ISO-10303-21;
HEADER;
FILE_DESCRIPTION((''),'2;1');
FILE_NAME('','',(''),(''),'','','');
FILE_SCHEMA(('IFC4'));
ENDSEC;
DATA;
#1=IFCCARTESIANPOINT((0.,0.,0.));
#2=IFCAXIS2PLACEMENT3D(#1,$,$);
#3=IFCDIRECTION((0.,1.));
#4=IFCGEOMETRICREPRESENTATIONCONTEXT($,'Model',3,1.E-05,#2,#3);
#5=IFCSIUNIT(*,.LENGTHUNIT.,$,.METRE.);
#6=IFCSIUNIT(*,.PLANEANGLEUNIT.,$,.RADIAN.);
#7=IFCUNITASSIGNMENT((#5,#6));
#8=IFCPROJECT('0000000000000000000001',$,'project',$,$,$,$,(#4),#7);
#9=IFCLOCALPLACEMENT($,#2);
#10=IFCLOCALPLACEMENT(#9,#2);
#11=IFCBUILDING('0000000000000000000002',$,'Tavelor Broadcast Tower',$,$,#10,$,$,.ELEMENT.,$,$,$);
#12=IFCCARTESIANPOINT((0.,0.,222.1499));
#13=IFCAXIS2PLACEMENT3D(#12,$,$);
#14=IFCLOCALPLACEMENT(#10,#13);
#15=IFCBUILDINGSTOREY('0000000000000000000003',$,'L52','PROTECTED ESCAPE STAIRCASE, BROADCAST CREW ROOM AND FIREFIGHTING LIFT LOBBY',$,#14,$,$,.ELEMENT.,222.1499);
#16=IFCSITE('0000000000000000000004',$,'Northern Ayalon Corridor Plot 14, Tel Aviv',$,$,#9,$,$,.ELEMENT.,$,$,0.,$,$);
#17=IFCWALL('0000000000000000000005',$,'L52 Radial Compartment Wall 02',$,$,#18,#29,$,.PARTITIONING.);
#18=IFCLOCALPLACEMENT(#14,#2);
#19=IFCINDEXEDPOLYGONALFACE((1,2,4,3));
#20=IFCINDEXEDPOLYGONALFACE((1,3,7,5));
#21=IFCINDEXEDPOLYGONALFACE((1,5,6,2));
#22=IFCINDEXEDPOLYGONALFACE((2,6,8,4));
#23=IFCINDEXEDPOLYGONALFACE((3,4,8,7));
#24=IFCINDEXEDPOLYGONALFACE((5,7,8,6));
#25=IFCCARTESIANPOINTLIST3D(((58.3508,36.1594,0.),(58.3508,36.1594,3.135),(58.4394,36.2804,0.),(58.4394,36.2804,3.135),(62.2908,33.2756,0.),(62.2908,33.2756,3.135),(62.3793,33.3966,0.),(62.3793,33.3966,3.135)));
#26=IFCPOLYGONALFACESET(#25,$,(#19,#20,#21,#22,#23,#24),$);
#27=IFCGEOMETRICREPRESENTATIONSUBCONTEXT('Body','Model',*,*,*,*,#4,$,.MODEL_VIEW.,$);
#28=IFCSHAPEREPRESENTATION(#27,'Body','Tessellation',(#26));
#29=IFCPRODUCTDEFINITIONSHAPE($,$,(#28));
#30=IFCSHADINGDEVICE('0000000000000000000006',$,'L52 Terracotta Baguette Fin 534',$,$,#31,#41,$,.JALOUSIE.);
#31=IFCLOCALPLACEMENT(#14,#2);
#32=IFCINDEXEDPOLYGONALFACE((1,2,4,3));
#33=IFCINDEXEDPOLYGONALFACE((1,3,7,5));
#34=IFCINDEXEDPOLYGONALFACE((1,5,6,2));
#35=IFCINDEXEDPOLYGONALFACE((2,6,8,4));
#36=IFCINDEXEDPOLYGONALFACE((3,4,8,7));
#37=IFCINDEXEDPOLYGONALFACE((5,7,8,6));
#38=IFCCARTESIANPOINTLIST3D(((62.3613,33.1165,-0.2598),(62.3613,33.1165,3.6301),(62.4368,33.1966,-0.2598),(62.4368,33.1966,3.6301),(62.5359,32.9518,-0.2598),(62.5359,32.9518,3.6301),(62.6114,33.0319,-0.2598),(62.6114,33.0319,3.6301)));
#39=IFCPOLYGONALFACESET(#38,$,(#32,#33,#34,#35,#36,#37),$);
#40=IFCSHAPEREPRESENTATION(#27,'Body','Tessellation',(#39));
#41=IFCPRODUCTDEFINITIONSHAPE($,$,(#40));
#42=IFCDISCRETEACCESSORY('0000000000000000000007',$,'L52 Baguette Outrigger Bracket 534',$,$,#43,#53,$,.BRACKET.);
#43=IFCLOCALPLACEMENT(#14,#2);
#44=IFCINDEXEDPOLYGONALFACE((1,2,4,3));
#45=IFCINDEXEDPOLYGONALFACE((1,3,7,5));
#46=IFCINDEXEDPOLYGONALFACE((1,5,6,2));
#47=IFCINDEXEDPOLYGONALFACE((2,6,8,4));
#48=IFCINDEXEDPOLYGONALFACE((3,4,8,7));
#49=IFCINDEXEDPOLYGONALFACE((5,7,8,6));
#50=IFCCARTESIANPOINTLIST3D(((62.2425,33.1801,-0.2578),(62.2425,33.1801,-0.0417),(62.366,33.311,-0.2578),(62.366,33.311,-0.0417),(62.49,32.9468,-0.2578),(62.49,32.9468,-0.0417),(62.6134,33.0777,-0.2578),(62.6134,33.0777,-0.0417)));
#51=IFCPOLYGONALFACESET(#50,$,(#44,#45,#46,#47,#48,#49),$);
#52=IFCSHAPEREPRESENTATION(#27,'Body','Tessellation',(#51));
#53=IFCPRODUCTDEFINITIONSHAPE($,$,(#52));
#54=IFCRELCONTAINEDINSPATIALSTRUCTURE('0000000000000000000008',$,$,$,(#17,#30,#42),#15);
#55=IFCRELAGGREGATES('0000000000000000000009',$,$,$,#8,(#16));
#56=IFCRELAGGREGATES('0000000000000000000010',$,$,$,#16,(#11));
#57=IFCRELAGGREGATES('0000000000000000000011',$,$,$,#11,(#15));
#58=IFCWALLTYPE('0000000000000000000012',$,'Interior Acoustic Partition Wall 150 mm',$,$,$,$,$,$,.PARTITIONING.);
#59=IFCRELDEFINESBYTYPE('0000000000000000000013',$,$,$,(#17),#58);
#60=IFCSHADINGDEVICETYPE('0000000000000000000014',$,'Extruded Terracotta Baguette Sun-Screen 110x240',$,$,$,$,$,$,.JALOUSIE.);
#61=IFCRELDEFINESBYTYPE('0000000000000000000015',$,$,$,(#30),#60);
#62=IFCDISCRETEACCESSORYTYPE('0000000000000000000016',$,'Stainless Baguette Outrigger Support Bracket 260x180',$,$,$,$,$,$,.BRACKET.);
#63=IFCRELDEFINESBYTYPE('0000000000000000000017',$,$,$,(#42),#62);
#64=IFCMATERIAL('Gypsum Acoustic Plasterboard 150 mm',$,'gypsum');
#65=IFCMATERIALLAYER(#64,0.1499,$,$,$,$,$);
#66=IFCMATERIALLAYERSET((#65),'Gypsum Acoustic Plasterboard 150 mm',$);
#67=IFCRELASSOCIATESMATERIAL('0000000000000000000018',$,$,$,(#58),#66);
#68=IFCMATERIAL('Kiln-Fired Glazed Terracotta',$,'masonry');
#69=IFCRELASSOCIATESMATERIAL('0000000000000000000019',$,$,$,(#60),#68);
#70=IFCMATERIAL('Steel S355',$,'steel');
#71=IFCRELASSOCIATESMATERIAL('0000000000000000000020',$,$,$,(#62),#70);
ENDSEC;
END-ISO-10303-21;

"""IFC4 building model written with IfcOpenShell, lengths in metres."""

from ifc_helpers import new_model, si_unit, direction, frame, frame_2d, origin, origin_2d, place, context, subcontext, project, spatial, rectangle, extrude, source, transform, mapped, material, layer, layer_set, type_object, type_shapes, element, save


model = new_model("IFC4")

# Units and contexts
model_context = context("Model", 3, precision=1e-05, world=origin(), true_north=direction((0.0, 1.0)))
body_context = subcontext(model_context, "Body", "Model", "MODEL_VIEW")
ifc_project = project(units=[si_unit("LENGTHUNIT", "METRE"), si_unit("PLANEANGLEUNIT", "RADIAN")], contexts=[model_context])

# Site, building, storey
site_placement = place(None, origin())
site = spatial("IfcSite", under=ifc_project, at=site_placement, Name="Northern Ayalon Corridor Plot 14, Tel Aviv", CompositionType="ELEMENT", RefElevation=0.0)
building_placement = place(site_placement, origin())
building = spatial("IfcBuilding", under=site, at=building_placement, Name="Tavelor Broadcast Tower", CompositionType="ELEMENT")
storey_placement = place(building_placement, frame((0.0, 0.0, 222.1499)))
storey = spatial("IfcBuildingStorey", under=building, at=storey_placement, Name="L52", Description="PROTECTED ESCAPE STAIRCASE, BROADCAST CREW ROOM AND FIREFIGHTING LIFT LOBBY", CompositionType="ELEMENT", Elevation=222.1499)

# Shared definitions
ifc_material_1 = material(Name="Steel S355", Category="steel")

# Wall
ifc_material_2 = material(Name="Gypsum Acoustic Plasterboard 150 mm", Category="gypsum")
ifc_layer_1 = layer(ifc_material_2, 0.1499)
ifc_layer_set_1 = layer_set([ifc_layer_1], Name="Gypsum Acoustic Plasterboard 150 mm")
wall_type_1 = type_object("IfcWallType", Name="Interior Acoustic Partition Wall 150 mm", PredefinedType="PARTITIONING", material=ifc_layer_set_1)
wall_1_placement = place(storey_placement, frame((58.395, 36.22, 0.0), z_axis=(0.0, 0.0, 1.0), x_axis=(0.806942, -0.590631, 0.0)))
element("IfcWall", 1, at=wall_1_placement, inside=storey, type_object=wall_type_1, Name="L52 Radial Compartment Wall 02", PredefinedType="PARTITIONING", context=body_context, shape_type="SweptSolid", body=[
    extrude(rectangle(XDim=4.8826, YDim=0.1499, at=frame_2d((2.4414, 0.0))), origin(), (0.0, 0.0, 1.0), 3.135),
])

# Shading device
ifc_material_3 = material(Name="Kiln-Fired Glazed Terracotta", Category="masonry")
shading_device_type = type_object("IfcShadingDeviceType", Name="Extruded Terracotta Baguette Sun-Screen 110x240", PredefinedType="JALOUSIE", material=ifc_material_3)
shared_shape_1 = source(origin(), body_context, "Body", "SweptSolid", [
    extrude(rectangle(XDim=0.1101, YDim=0.24, at=origin_2d()), origin(), (0.0, 0.0, 1.0), 3.8899),
])
type_shapes(shading_device_type, [shared_shape_1])
shading_device_placement = place(storey_placement, frame((62.4863, 33.0742, -0.2598), z_axis=(0.0, 0.0, 1.0), x_axis=(0.686072, 0.727533, 0.0)))
element("IfcShadingDevice", 2, at=shading_device_placement, inside=storey, type_object=shading_device_type, Name="L52 Terracotta Baguette Fin 534", PredefinedType="JALOUSIE", context=body_context, shape_type="MappedRepresentation", body=[
    mapped(shared_shape_1, transform((0.0, 0.0, 0.0), scale=1.0)),
])

# Discrete accessory
discrete_accessory_type = type_object("IfcDiscreteAccessoryType", Name="Stainless Baguette Outrigger Support Bracket 260x180", PredefinedType="BRACKET", material=ifc_material_1)
shared_shape_2 = source(origin(), body_context, "Body", "SweptSolid", [
    extrude(rectangle(XDim=0.1799, YDim=0.3401, at=origin_2d()), origin(), (0.0, 0.0, 1.0), 0.2161),
])
type_shapes(discrete_accessory_type, [shared_shape_2])
discrete_accessory_placement = place(storey_placement, frame((62.428, 33.1289, -0.2578), z_axis=(0.0, 0.0, 1.0), x_axis=(0.686072, 0.727533, 0.0)))
element("IfcDiscreteAccessory", 3, at=discrete_accessory_placement, inside=storey, type_object=discrete_accessory_type, Name="L52 Baguette Outrigger Bracket 534", PredefinedType="BRACKET", context=body_context, shape_type="MappedRepresentation", body=[
    mapped(shared_shape_2, transform((0.0, 0.0, 0.0), scale=1.0)),
])

save(model, "model.ifc")
